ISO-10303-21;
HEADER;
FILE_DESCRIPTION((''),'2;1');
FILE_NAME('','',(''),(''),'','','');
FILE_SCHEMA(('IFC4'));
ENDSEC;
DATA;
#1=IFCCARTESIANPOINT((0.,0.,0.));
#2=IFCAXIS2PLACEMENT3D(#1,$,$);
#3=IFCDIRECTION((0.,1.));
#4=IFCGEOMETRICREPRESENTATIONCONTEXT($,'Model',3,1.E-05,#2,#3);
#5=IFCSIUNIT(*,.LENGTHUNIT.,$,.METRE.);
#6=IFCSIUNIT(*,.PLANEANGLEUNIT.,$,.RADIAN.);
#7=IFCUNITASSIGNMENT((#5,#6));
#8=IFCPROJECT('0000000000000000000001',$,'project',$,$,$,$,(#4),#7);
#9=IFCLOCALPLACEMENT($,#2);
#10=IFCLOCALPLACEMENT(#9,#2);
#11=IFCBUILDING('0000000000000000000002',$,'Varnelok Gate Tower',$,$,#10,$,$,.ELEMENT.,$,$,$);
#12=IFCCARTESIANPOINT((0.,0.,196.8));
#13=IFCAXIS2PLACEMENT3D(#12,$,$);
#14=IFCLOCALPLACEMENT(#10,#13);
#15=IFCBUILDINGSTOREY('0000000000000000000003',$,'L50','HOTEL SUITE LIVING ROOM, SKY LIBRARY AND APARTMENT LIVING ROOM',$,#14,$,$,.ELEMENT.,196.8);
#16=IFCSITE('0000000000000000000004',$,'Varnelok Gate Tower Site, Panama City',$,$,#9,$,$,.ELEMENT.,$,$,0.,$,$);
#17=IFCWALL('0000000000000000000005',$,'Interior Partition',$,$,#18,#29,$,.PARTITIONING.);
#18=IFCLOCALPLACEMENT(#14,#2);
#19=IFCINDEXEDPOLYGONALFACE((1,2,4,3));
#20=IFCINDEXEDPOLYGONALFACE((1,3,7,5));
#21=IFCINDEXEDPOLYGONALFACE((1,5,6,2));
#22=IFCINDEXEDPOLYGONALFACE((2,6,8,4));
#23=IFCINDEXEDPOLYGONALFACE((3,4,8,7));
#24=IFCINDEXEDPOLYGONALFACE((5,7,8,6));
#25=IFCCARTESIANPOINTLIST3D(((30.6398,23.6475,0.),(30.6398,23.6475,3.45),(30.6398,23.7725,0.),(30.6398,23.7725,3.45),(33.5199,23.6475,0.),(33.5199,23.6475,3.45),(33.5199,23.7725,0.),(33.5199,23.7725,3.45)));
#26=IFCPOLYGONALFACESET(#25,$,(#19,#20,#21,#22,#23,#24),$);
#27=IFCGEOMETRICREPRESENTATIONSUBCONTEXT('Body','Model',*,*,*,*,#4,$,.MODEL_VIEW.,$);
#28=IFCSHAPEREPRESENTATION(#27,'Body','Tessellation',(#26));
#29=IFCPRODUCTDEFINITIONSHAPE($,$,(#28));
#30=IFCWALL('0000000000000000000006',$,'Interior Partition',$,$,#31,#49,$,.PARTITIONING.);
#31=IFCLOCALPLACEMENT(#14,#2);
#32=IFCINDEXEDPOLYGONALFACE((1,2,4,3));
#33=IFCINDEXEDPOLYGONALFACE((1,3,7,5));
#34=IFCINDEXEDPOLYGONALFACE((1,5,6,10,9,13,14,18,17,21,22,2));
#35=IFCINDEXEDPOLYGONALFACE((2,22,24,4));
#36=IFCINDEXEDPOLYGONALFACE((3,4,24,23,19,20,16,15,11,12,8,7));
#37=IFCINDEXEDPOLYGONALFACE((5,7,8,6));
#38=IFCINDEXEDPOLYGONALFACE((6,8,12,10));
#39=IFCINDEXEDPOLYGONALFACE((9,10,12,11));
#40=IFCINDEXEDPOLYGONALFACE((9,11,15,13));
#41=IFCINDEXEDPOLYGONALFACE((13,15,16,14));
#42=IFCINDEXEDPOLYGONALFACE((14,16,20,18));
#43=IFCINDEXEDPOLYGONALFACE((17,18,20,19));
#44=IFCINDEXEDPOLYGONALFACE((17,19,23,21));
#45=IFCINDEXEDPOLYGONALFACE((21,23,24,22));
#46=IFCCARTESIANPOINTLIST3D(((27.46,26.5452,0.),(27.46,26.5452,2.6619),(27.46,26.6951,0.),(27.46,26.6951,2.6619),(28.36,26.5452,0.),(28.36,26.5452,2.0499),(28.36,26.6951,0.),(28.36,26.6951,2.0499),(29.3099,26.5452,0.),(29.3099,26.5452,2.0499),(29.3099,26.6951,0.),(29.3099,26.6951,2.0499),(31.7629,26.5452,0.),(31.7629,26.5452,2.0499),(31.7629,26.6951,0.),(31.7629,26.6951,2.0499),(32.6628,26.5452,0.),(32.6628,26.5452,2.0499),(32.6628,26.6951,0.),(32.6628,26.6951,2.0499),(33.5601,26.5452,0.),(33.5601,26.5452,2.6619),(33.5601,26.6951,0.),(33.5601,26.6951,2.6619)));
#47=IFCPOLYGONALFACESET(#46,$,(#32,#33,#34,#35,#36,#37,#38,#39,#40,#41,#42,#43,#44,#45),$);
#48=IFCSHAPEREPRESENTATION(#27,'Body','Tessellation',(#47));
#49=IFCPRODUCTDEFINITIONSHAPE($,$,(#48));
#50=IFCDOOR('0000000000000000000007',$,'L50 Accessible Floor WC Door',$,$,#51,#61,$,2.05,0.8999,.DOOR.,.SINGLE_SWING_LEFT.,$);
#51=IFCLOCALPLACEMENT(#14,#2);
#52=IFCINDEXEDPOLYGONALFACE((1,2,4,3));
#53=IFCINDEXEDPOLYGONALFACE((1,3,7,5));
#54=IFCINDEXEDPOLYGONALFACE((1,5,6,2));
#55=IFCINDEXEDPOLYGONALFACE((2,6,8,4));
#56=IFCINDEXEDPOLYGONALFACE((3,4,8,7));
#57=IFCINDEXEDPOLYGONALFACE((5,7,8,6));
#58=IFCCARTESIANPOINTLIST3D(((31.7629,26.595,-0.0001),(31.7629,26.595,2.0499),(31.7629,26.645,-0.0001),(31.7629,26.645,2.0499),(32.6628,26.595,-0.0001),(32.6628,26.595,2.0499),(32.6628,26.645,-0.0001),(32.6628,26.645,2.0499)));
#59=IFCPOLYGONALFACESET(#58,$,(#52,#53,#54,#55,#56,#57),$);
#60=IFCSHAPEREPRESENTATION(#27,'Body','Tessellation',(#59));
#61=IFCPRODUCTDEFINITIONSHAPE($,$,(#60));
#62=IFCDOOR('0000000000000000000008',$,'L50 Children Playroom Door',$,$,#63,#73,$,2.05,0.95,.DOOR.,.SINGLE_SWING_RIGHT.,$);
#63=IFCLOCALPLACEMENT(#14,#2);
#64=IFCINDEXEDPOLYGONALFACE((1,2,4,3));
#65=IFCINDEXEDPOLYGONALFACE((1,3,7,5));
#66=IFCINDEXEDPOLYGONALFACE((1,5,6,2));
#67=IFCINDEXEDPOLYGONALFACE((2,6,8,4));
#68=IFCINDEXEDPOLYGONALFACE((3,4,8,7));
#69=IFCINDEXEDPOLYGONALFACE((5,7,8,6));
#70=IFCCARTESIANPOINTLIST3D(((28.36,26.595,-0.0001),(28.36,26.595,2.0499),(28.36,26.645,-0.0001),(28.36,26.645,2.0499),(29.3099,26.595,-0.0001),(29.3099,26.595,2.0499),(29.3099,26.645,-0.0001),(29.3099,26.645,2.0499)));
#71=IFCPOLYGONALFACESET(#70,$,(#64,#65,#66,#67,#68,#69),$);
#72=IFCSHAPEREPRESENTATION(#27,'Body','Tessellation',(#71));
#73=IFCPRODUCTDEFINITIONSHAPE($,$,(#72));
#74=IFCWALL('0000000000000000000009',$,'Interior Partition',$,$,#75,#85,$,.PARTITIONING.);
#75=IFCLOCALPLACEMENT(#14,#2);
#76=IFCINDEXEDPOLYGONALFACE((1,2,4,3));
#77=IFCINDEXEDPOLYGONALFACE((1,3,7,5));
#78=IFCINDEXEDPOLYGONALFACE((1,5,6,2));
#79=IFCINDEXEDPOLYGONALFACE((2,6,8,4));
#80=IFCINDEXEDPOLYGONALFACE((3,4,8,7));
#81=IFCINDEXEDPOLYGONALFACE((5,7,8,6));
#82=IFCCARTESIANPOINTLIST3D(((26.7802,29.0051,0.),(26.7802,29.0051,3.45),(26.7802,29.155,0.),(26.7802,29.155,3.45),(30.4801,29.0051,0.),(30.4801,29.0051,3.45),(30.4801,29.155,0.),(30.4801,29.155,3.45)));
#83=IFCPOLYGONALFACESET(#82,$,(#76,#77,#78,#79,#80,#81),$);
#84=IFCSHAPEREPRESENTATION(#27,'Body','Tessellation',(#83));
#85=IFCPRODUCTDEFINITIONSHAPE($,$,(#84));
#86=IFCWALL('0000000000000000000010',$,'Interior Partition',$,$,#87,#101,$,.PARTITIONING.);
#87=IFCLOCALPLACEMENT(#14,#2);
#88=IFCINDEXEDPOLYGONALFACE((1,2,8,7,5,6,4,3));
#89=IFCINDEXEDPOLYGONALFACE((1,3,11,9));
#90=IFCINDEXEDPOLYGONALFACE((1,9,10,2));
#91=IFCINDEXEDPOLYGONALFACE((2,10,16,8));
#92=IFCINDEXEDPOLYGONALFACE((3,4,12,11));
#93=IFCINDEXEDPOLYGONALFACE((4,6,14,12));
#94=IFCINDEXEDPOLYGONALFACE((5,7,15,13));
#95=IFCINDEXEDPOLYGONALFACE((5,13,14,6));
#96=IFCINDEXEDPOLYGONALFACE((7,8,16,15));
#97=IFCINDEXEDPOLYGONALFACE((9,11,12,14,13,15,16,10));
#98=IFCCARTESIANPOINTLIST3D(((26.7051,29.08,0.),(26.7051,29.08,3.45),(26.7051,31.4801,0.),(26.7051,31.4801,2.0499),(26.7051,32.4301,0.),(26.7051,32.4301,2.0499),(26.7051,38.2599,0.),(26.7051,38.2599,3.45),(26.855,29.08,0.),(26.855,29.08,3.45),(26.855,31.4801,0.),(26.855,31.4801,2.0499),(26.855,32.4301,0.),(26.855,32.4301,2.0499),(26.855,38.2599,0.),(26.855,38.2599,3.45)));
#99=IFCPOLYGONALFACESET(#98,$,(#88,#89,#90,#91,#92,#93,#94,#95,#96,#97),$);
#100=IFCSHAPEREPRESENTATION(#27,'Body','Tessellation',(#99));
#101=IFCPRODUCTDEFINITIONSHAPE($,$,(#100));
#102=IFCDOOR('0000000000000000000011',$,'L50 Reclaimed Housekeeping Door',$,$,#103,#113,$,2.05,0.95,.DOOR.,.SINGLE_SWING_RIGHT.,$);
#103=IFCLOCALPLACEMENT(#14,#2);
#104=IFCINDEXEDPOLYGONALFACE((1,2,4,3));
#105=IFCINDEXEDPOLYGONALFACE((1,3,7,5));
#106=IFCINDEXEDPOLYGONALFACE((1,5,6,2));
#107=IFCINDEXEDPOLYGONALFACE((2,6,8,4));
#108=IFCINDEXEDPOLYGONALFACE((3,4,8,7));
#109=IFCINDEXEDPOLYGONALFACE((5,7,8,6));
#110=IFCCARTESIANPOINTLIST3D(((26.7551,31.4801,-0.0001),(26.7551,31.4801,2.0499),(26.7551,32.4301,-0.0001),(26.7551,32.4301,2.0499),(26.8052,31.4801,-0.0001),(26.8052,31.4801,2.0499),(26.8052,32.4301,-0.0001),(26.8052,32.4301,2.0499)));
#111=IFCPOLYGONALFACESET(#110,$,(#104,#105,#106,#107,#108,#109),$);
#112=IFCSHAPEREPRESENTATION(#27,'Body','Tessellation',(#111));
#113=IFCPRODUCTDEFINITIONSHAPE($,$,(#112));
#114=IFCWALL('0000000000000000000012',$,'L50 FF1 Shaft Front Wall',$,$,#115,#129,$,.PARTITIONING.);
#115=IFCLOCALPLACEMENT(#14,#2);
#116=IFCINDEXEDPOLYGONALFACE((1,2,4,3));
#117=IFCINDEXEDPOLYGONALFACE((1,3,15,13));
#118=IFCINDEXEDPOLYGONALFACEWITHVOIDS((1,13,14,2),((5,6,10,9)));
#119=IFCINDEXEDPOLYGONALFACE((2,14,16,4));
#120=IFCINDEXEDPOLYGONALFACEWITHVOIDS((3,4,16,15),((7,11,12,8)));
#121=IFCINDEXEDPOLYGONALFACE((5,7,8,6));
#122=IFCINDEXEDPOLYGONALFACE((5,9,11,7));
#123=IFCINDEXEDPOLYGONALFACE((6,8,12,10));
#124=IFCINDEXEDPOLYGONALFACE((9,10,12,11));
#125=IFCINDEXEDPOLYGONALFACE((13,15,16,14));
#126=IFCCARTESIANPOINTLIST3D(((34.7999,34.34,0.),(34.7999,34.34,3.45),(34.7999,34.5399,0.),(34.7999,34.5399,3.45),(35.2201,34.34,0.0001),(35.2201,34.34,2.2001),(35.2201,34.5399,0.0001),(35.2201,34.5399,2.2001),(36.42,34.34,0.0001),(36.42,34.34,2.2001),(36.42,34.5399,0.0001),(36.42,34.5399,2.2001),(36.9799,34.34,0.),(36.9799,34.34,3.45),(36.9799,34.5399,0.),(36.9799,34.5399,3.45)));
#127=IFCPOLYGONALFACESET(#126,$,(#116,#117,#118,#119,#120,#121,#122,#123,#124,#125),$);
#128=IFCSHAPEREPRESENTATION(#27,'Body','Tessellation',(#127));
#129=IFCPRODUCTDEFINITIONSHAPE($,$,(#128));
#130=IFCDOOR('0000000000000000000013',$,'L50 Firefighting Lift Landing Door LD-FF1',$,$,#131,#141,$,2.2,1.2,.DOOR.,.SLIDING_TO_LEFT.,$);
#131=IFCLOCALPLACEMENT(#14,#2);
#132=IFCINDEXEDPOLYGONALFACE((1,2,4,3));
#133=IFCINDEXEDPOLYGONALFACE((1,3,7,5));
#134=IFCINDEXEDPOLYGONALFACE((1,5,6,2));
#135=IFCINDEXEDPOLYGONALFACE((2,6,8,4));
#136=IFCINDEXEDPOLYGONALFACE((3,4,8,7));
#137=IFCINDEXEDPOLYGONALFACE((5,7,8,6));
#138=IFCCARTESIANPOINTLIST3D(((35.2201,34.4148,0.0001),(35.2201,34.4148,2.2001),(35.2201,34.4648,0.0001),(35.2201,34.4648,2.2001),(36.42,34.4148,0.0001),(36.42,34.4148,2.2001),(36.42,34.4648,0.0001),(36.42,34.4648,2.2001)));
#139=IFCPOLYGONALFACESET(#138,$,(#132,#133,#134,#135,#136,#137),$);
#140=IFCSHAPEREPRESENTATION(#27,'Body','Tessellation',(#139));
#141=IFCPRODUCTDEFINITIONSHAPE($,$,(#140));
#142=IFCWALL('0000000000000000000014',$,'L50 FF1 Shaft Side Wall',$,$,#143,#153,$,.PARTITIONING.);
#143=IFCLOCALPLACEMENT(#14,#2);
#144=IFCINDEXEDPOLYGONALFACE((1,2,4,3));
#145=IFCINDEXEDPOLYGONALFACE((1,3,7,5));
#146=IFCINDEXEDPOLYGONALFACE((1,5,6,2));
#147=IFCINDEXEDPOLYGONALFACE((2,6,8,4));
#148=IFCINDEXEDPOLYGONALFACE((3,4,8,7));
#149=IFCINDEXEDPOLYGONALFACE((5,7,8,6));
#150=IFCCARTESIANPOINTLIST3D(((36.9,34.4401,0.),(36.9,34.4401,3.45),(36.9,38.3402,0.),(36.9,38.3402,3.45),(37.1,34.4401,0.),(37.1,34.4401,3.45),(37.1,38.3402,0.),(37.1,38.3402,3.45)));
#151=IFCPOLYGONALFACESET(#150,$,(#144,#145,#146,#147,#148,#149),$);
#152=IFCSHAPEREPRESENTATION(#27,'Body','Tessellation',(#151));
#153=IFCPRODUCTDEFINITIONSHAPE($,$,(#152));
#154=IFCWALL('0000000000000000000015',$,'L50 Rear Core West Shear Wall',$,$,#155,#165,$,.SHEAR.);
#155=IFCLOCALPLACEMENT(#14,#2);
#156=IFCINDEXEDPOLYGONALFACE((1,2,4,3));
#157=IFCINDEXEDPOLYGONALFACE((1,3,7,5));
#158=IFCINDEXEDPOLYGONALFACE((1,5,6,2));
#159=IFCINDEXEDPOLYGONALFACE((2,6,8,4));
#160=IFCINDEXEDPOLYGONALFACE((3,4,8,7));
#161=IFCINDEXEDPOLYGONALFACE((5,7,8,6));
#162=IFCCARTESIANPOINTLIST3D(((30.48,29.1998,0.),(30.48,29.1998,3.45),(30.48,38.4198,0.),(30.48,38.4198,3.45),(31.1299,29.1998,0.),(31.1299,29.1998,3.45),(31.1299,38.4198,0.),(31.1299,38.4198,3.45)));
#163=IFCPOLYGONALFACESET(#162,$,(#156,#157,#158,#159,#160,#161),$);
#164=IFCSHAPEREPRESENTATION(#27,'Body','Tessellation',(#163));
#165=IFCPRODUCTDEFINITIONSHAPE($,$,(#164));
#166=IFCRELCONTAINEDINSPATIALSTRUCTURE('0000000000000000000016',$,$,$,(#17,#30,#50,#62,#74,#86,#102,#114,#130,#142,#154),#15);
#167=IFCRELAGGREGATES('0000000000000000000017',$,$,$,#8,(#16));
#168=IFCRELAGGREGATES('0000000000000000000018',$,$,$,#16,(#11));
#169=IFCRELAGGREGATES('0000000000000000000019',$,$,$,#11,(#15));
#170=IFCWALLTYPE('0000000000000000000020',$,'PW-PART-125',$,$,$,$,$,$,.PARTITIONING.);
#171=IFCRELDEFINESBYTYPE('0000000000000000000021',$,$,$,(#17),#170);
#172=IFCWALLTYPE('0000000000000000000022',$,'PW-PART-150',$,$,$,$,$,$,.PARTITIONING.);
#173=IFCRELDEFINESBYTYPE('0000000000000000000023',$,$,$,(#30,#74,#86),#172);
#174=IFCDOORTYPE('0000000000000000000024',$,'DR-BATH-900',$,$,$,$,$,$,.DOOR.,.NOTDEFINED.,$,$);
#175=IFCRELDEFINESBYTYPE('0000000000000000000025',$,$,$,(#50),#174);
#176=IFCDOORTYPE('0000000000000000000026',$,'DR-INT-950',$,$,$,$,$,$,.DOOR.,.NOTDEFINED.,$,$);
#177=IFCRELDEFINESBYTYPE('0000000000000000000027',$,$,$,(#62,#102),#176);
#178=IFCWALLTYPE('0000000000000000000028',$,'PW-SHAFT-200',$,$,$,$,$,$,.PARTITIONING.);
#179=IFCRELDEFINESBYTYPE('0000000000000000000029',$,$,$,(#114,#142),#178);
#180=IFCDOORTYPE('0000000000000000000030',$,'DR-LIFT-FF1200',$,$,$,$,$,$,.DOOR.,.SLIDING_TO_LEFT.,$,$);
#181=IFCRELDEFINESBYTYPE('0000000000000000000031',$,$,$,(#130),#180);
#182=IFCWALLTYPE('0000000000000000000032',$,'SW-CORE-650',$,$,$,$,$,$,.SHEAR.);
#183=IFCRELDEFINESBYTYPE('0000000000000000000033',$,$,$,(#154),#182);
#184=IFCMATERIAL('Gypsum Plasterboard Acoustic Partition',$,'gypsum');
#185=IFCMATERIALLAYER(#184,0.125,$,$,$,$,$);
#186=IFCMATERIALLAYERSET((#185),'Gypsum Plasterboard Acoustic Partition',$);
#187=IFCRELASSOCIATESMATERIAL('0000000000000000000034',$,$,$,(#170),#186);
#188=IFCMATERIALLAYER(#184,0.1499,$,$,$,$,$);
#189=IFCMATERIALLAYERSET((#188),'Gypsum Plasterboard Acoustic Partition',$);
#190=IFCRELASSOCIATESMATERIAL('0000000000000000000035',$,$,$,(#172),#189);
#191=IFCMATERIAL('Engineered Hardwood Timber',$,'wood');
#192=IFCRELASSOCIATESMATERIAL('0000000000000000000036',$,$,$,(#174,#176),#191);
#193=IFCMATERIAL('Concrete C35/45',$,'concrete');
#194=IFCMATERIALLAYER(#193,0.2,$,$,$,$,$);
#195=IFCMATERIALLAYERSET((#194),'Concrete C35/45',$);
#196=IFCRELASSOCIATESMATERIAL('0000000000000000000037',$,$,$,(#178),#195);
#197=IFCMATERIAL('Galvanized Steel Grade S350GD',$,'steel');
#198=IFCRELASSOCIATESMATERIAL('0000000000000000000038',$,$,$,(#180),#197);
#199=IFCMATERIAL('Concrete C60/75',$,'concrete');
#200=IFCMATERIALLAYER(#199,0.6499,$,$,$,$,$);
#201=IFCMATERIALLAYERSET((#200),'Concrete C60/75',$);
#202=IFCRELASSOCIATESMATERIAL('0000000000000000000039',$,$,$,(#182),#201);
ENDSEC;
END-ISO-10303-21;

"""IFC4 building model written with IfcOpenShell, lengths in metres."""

from ifc_helpers import new_model, si_unit, direction, frame, frame_2d, origin, place, context, subcontext, project, spatial, rectangle, extrude, material, layer, layer_set, type_object, element, fill, save


model = new_model("IFC4")

# Units and contexts
model_context = context("Model", 3, precision=1e-05, world=origin(), true_north=direction((0.0, 1.0)))
body_context = subcontext(model_context, "Body", "Model", "MODEL_VIEW")
ifc_project = project(units=[si_unit("LENGTHUNIT", "METRE"), si_unit("PLANEANGLEUNIT", "RADIAN")], contexts=[model_context])

# Site, building, storey
site_placement = place(None, origin())
site = spatial("IfcSite", under=ifc_project, at=site_placement, Name="Varnelok Gate Tower Site, Panama City", CompositionType="ELEMENT", RefElevation=0.0)
building_placement = place(site_placement, origin())
building = spatial("IfcBuilding", under=site, at=building_placement, Name="Varnelok Gate Tower", CompositionType="ELEMENT")
storey_placement = place(building_placement, frame((0.0, 0.0, 196.8)))
storey = spatial("IfcBuildingStorey", under=building, at=storey_placement, Name="L50", Description="HOTEL SUITE LIVING ROOM, SKY LIBRARY AND APARTMENT LIVING ROOM", CompositionType="ELEMENT", Elevation=196.8)

# Shared definitions
ifc_material_1 = material(Name="Concrete C60/75", Category="concrete")

# Wall
ifc_material_2 = material(Name="Gypsum Plasterboard Acoustic Partition", Category="gypsum")
ifc_layer_1 = layer(ifc_material_2, 0.125)
ifc_layer_set_1 = layer_set([ifc_layer_1], Name="Gypsum Plasterboard Acoustic Partition")
wall_type_1 = type_object("IfcWallType", Name="PW-PART-125", PredefinedType="PARTITIONING", material=ifc_layer_set_1)
wall_1_placement = place(storey_placement, frame((30.6399, 23.71, 0.0), z_axis=(0.0, 0.0, 1.0), x_axis=(1.0, 0.0, 0.0)))
element("IfcWall", 1, at=wall_1_placement, inside=storey, type_object=wall_type_1, Name="Interior Partition", PredefinedType="PARTITIONING", context=body_context, shape_type="SweptSolid", body=[
    extrude(rectangle(XDim=2.8801, YDim=0.125, at=frame_2d((1.4399, 0.0))), origin(), (0.0, 0.0, 1.0), 3.45),
])

# Wall, openings, doors
ifc_layer_2 = layer(ifc_material_2, 0.1499)
ifc_layer_set_2 = layer_set([ifc_layer_2], Name="Gypsum Plasterboard Acoustic Partition")
wall_type_2 = type_object("IfcWallType", Name="PW-PART-150", PredefinedType="PARTITIONING", material=ifc_layer_set_2)
wall_2_placement = place(storey_placement, frame((27.46, 26.6201, 0.0), z_axis=(0.0, 0.0, 1.0), x_axis=(1.0, 0.0, 0.0)))
wall_2 = element("IfcWall", 2, at=wall_2_placement, inside=storey, type_object=wall_type_2, Name="Interior Partition", PredefinedType="PARTITIONING", context=body_context, shape_type="SweptSolid", body=[
    extrude(rectangle(XDim=6.1001, YDim=0.1499, at=frame_2d((3.05, 0.0))), origin(), (0.0, 0.0, 1.0), 2.6619),
])
opening_1_placement = place(wall_2_placement, frame((0.8999, 0.0, 0.0)))
opening_1 = element("IfcOpeningElement", 3, at=opening_1_placement, cuts=wall_2, PredefinedType="OPENING", context=body_context, shape_type="SweptSolid", body=[
    extrude(rectangle(XDim=0.95, YDim=2.05, at=frame_2d((0.4751, 1.0249))), frame((0.0, 0.085, 0.0), z_axis=(0.0, -1.0, 0.0), x_axis=(1.0, 0.0, 0.0)), (0.0, 0.0, 1.0), 0.1699),
])
opening_2_placement = place(wall_2_placement, frame((4.303, 0.0, 0.0)))
opening_2 = element("IfcOpeningElement", 4, at=opening_2_placement, cuts=wall_2, PredefinedType="OPENING", context=body_context, shape_type="SweptSolid", body=[
    extrude(rectangle(XDim=0.8999, YDim=2.05, at=frame_2d((0.45, 1.0249))), frame((0.0, 0.085, 0.0), z_axis=(0.0, -1.0, 0.0), x_axis=(1.0, 0.0, 0.0)), (0.0, 0.0, 1.0), 0.1699),
])
ifc_material_3 = material(Name="Engineered Hardwood Timber", Category="wood")
door_type_1 = type_object("IfcDoorType", Name="DR-BATH-900", OperationType="NOTDEFINED", PredefinedType="DOOR", material=ifc_material_3)
door_1_placement = place(opening_2_placement, origin())
door_1 = element("IfcDoor", 5, at=door_1_placement, inside=storey, type_object=door_type_1, Name="L50 Accessible Floor WC Door", OperationType="SINGLE_SWING_LEFT", OverallHeight=2.05, OverallWidth=0.8999, PredefinedType="DOOR", context=body_context, shape_type="SweptSolid", body=[
    extrude(rectangle(XDim=0.8999, YDim=2.05, at=frame_2d((0.45, 1.0249))), frame((0.0, 0.0249, 0.0), z_axis=(0.0, -1.0, 0.0), x_axis=(1.0, 0.0, 0.0)), (0.0, 0.0, 1.0), 0.05),
])
fill(opening_2, door_1)
door_type_2 = type_object("IfcDoorType", Name="DR-INT-950", OperationType="NOTDEFINED", PredefinedType="DOOR", material=ifc_material_3)
door_2_placement = place(opening_1_placement, origin())
door_2 = element("IfcDoor", 6, at=door_2_placement, inside=storey, type_object=door_type_2, Name="L50 Children Playroom Door", OperationType="SINGLE_SWING_RIGHT", OverallHeight=2.05, OverallWidth=0.95, PredefinedType="DOOR", context=body_context, shape_type="SweptSolid", body=[
    extrude(rectangle(XDim=0.95, YDim=2.05, at=frame_2d((0.4751, 1.0249))), frame((0.0, 0.0249, 0.0), z_axis=(0.0, -1.0, 0.0), x_axis=(1.0, 0.0, 0.0)), (0.0, 0.0, 1.0), 0.05),
])
fill(opening_1, door_2)

# Wall
wall_3_placement = place(storey_placement, frame((26.78, 29.0801, 0.0), z_axis=(0.0, 0.0, 1.0), x_axis=(1.0, 0.0, 0.0)))
element("IfcWall", 7, at=wall_3_placement, inside=storey, type_object=wall_type_2, Name="Interior Partition", PredefinedType="PARTITIONING", context=body_context, shape_type="SweptSolid", body=[
    extrude(rectangle(XDim=3.7, YDim=0.1499, at=frame_2d((1.8501, 0.0))), origin(), (0.0, 0.0, 1.0), 3.45),
])

# Walls, openings, doors
wall_4_placement = place(storey_placement, frame((26.78, 29.0801, 0.0), z_axis=(0.0, 0.0, 1.0), x_axis=(0.0, 1.0, 0.0)))
wall_4 = element("IfcWall", 8, at=wall_4_placement, inside=storey, type_object=wall_type_2, Name="Interior Partition", PredefinedType="PARTITIONING", context=body_context, shape_type="SweptSolid", body=[
    extrude(rectangle(XDim=9.1799, YDim=0.1499, at=frame_2d((4.5898, 0.0))), origin(), (0.0, 0.0, 1.0), 3.45),
])
opening_3_placement = place(wall_4_placement, frame((2.3999, 0.0, 0.0)))
opening_3 = element("IfcOpeningElement", 9, at=opening_3_placement, cuts=wall_4, PredefinedType="OPENING", context=body_context, shape_type="SweptSolid", body=[
    extrude(rectangle(XDim=0.95, YDim=2.05, at=frame_2d((0.4751, 1.0249))), frame((0.0, 0.085, 0.0), z_axis=(0.0, -1.0, 0.0), x_axis=(1.0, 0.0, 0.0)), (0.0, 0.0, 1.0), 0.1699),
])
door_3_placement = place(opening_3_placement, origin())
door_3 = element("IfcDoor", 10, at=door_3_placement, inside=storey, type_object=door_type_2, Name="L50 Reclaimed Housekeeping Door", OperationType="SINGLE_SWING_RIGHT", OverallHeight=2.05, OverallWidth=0.95, PredefinedType="DOOR", context=body_context, shape_type="SweptSolid", body=[
    extrude(rectangle(XDim=0.95, YDim=2.05, at=frame_2d((0.4751, 1.0249))), frame((0.0, 0.0249, 0.0), z_axis=(0.0, -1.0, 0.0), x_axis=(1.0, 0.0, 0.0)), (0.0, 0.0, 1.0), 0.05),
])
fill(opening_3, door_3)
ifc_material_4 = material(Name="Concrete C35/45", Category="concrete")
ifc_layer_3 = layer(ifc_material_4, 0.2)
ifc_layer_set_3 = layer_set([ifc_layer_3], Name="Concrete C35/45")
wall_type_3 = type_object("IfcWallType", Name="PW-SHAFT-200", PredefinedType="PARTITIONING", material=ifc_layer_set_3)
wall_5_placement = place(storey_placement, frame((34.8, 34.4399, 0.0), z_axis=(0.0, 0.0, 1.0), x_axis=(1.0, 0.0, 0.0)))
wall_5 = element("IfcWall", 11, at=wall_5_placement, inside=storey, type_object=wall_type_3, Name="L50 FF1 Shaft Front Wall", PredefinedType="PARTITIONING", context=body_context, shape_type="SweptSolid", body=[
    extrude(rectangle(XDim=2.1799, YDim=0.2, at=frame_2d((1.0898, 0.0))), origin(), (0.0, 0.0, 1.0), 3.45),
])
opening_4_placement = place(wall_5_placement, frame((0.4199, 0.0, 0.0)))
opening_4 = element("IfcOpeningElement", 12, at=opening_4_placement, cuts=wall_5, PredefinedType="OPENING", context=body_context, shape_type="SweptSolid", body=[
    extrude(rectangle(XDim=1.2, YDim=2.2, at=frame_2d((0.6001, 1.1001))), frame((0.0, 0.1099, 0.0), z_axis=(0.0, -1.0, 0.0), x_axis=(1.0, 0.0, 0.0)), (0.0, 0.0, 1.0), 0.22),
])
ifc_material_5 = material(Name="Galvanized Steel Grade S350GD", Category="steel")
door_type_3 = type_object("IfcDoorType", Name="DR-LIFT-FF1200", OperationType="SLIDING_TO_LEFT", PredefinedType="DOOR", material=ifc_material_5)
door_4_placement = place(opening_4_placement, origin())
door_4 = element("IfcDoor", 13, at=door_4_placement, inside=storey, type_object=door_type_3, Name="L50 Firefighting Lift Landing Door LD-FF1", OperationType="SLIDING_TO_LEFT", OverallHeight=2.2, OverallWidth=1.2, PredefinedType="DOOR", context=body_context, shape_type="SweptSolid", body=[
    extrude(rectangle(XDim=1.2, YDim=2.2, at=frame_2d((0.6001, 1.1001))), frame((0.0, 0.0249, 0.0), z_axis=(0.0, -1.0, 0.0), x_axis=(1.0, 0.0, 0.0)), (0.0, 0.0, 1.0), 0.05),
])
fill(opening_4, door_4)

# Walls
wall_6_placement = place(storey_placement, frame((37.0, 34.4399, 0.0), z_axis=(0.0, 0.0, 1.0), x_axis=(0.0, 1.0, 0.0)))
element("IfcWall", 14, at=wall_6_placement, inside=storey, type_object=wall_type_3, Name="L50 FF1 Shaft Side Wall", PredefinedType="PARTITIONING", context=body_context, shape_type="SweptSolid", body=[
    extrude(rectangle(XDim=3.9001, YDim=0.2, at=frame_2d((1.9502, 0.0))), origin(), (0.0, 0.0, 1.0), 3.45),
])
ifc_layer_4 = layer(ifc_material_1, 0.6499)
ifc_layer_set_4 = layer_set([ifc_layer_4], Name="Concrete C60/75")
wall_type_4 = type_object("IfcWallType", Name="SW-CORE-650", PredefinedType="SHEAR", material=ifc_layer_set_4)
wall_7_placement = place(storey_placement, frame((30.8049, 29.2, 0.0), z_axis=(0.0, 0.0, 1.0), x_axis=(0.0, 1.0, 0.0)))
element("IfcWall", 15, at=wall_7_placement, inside=storey, type_object=wall_type_4, Name="L50 Rear Core West Shear Wall", PredefinedType="SHEAR", context=body_context, shape_type="SweptSolid", body=[
    extrude(rectangle(XDim=9.22, YDim=0.6499, at=frame_2d((4.6099, 0.0))), origin(), (0.0, 0.0, 1.0), 3.45),
])

save(model, "model.ifc")
